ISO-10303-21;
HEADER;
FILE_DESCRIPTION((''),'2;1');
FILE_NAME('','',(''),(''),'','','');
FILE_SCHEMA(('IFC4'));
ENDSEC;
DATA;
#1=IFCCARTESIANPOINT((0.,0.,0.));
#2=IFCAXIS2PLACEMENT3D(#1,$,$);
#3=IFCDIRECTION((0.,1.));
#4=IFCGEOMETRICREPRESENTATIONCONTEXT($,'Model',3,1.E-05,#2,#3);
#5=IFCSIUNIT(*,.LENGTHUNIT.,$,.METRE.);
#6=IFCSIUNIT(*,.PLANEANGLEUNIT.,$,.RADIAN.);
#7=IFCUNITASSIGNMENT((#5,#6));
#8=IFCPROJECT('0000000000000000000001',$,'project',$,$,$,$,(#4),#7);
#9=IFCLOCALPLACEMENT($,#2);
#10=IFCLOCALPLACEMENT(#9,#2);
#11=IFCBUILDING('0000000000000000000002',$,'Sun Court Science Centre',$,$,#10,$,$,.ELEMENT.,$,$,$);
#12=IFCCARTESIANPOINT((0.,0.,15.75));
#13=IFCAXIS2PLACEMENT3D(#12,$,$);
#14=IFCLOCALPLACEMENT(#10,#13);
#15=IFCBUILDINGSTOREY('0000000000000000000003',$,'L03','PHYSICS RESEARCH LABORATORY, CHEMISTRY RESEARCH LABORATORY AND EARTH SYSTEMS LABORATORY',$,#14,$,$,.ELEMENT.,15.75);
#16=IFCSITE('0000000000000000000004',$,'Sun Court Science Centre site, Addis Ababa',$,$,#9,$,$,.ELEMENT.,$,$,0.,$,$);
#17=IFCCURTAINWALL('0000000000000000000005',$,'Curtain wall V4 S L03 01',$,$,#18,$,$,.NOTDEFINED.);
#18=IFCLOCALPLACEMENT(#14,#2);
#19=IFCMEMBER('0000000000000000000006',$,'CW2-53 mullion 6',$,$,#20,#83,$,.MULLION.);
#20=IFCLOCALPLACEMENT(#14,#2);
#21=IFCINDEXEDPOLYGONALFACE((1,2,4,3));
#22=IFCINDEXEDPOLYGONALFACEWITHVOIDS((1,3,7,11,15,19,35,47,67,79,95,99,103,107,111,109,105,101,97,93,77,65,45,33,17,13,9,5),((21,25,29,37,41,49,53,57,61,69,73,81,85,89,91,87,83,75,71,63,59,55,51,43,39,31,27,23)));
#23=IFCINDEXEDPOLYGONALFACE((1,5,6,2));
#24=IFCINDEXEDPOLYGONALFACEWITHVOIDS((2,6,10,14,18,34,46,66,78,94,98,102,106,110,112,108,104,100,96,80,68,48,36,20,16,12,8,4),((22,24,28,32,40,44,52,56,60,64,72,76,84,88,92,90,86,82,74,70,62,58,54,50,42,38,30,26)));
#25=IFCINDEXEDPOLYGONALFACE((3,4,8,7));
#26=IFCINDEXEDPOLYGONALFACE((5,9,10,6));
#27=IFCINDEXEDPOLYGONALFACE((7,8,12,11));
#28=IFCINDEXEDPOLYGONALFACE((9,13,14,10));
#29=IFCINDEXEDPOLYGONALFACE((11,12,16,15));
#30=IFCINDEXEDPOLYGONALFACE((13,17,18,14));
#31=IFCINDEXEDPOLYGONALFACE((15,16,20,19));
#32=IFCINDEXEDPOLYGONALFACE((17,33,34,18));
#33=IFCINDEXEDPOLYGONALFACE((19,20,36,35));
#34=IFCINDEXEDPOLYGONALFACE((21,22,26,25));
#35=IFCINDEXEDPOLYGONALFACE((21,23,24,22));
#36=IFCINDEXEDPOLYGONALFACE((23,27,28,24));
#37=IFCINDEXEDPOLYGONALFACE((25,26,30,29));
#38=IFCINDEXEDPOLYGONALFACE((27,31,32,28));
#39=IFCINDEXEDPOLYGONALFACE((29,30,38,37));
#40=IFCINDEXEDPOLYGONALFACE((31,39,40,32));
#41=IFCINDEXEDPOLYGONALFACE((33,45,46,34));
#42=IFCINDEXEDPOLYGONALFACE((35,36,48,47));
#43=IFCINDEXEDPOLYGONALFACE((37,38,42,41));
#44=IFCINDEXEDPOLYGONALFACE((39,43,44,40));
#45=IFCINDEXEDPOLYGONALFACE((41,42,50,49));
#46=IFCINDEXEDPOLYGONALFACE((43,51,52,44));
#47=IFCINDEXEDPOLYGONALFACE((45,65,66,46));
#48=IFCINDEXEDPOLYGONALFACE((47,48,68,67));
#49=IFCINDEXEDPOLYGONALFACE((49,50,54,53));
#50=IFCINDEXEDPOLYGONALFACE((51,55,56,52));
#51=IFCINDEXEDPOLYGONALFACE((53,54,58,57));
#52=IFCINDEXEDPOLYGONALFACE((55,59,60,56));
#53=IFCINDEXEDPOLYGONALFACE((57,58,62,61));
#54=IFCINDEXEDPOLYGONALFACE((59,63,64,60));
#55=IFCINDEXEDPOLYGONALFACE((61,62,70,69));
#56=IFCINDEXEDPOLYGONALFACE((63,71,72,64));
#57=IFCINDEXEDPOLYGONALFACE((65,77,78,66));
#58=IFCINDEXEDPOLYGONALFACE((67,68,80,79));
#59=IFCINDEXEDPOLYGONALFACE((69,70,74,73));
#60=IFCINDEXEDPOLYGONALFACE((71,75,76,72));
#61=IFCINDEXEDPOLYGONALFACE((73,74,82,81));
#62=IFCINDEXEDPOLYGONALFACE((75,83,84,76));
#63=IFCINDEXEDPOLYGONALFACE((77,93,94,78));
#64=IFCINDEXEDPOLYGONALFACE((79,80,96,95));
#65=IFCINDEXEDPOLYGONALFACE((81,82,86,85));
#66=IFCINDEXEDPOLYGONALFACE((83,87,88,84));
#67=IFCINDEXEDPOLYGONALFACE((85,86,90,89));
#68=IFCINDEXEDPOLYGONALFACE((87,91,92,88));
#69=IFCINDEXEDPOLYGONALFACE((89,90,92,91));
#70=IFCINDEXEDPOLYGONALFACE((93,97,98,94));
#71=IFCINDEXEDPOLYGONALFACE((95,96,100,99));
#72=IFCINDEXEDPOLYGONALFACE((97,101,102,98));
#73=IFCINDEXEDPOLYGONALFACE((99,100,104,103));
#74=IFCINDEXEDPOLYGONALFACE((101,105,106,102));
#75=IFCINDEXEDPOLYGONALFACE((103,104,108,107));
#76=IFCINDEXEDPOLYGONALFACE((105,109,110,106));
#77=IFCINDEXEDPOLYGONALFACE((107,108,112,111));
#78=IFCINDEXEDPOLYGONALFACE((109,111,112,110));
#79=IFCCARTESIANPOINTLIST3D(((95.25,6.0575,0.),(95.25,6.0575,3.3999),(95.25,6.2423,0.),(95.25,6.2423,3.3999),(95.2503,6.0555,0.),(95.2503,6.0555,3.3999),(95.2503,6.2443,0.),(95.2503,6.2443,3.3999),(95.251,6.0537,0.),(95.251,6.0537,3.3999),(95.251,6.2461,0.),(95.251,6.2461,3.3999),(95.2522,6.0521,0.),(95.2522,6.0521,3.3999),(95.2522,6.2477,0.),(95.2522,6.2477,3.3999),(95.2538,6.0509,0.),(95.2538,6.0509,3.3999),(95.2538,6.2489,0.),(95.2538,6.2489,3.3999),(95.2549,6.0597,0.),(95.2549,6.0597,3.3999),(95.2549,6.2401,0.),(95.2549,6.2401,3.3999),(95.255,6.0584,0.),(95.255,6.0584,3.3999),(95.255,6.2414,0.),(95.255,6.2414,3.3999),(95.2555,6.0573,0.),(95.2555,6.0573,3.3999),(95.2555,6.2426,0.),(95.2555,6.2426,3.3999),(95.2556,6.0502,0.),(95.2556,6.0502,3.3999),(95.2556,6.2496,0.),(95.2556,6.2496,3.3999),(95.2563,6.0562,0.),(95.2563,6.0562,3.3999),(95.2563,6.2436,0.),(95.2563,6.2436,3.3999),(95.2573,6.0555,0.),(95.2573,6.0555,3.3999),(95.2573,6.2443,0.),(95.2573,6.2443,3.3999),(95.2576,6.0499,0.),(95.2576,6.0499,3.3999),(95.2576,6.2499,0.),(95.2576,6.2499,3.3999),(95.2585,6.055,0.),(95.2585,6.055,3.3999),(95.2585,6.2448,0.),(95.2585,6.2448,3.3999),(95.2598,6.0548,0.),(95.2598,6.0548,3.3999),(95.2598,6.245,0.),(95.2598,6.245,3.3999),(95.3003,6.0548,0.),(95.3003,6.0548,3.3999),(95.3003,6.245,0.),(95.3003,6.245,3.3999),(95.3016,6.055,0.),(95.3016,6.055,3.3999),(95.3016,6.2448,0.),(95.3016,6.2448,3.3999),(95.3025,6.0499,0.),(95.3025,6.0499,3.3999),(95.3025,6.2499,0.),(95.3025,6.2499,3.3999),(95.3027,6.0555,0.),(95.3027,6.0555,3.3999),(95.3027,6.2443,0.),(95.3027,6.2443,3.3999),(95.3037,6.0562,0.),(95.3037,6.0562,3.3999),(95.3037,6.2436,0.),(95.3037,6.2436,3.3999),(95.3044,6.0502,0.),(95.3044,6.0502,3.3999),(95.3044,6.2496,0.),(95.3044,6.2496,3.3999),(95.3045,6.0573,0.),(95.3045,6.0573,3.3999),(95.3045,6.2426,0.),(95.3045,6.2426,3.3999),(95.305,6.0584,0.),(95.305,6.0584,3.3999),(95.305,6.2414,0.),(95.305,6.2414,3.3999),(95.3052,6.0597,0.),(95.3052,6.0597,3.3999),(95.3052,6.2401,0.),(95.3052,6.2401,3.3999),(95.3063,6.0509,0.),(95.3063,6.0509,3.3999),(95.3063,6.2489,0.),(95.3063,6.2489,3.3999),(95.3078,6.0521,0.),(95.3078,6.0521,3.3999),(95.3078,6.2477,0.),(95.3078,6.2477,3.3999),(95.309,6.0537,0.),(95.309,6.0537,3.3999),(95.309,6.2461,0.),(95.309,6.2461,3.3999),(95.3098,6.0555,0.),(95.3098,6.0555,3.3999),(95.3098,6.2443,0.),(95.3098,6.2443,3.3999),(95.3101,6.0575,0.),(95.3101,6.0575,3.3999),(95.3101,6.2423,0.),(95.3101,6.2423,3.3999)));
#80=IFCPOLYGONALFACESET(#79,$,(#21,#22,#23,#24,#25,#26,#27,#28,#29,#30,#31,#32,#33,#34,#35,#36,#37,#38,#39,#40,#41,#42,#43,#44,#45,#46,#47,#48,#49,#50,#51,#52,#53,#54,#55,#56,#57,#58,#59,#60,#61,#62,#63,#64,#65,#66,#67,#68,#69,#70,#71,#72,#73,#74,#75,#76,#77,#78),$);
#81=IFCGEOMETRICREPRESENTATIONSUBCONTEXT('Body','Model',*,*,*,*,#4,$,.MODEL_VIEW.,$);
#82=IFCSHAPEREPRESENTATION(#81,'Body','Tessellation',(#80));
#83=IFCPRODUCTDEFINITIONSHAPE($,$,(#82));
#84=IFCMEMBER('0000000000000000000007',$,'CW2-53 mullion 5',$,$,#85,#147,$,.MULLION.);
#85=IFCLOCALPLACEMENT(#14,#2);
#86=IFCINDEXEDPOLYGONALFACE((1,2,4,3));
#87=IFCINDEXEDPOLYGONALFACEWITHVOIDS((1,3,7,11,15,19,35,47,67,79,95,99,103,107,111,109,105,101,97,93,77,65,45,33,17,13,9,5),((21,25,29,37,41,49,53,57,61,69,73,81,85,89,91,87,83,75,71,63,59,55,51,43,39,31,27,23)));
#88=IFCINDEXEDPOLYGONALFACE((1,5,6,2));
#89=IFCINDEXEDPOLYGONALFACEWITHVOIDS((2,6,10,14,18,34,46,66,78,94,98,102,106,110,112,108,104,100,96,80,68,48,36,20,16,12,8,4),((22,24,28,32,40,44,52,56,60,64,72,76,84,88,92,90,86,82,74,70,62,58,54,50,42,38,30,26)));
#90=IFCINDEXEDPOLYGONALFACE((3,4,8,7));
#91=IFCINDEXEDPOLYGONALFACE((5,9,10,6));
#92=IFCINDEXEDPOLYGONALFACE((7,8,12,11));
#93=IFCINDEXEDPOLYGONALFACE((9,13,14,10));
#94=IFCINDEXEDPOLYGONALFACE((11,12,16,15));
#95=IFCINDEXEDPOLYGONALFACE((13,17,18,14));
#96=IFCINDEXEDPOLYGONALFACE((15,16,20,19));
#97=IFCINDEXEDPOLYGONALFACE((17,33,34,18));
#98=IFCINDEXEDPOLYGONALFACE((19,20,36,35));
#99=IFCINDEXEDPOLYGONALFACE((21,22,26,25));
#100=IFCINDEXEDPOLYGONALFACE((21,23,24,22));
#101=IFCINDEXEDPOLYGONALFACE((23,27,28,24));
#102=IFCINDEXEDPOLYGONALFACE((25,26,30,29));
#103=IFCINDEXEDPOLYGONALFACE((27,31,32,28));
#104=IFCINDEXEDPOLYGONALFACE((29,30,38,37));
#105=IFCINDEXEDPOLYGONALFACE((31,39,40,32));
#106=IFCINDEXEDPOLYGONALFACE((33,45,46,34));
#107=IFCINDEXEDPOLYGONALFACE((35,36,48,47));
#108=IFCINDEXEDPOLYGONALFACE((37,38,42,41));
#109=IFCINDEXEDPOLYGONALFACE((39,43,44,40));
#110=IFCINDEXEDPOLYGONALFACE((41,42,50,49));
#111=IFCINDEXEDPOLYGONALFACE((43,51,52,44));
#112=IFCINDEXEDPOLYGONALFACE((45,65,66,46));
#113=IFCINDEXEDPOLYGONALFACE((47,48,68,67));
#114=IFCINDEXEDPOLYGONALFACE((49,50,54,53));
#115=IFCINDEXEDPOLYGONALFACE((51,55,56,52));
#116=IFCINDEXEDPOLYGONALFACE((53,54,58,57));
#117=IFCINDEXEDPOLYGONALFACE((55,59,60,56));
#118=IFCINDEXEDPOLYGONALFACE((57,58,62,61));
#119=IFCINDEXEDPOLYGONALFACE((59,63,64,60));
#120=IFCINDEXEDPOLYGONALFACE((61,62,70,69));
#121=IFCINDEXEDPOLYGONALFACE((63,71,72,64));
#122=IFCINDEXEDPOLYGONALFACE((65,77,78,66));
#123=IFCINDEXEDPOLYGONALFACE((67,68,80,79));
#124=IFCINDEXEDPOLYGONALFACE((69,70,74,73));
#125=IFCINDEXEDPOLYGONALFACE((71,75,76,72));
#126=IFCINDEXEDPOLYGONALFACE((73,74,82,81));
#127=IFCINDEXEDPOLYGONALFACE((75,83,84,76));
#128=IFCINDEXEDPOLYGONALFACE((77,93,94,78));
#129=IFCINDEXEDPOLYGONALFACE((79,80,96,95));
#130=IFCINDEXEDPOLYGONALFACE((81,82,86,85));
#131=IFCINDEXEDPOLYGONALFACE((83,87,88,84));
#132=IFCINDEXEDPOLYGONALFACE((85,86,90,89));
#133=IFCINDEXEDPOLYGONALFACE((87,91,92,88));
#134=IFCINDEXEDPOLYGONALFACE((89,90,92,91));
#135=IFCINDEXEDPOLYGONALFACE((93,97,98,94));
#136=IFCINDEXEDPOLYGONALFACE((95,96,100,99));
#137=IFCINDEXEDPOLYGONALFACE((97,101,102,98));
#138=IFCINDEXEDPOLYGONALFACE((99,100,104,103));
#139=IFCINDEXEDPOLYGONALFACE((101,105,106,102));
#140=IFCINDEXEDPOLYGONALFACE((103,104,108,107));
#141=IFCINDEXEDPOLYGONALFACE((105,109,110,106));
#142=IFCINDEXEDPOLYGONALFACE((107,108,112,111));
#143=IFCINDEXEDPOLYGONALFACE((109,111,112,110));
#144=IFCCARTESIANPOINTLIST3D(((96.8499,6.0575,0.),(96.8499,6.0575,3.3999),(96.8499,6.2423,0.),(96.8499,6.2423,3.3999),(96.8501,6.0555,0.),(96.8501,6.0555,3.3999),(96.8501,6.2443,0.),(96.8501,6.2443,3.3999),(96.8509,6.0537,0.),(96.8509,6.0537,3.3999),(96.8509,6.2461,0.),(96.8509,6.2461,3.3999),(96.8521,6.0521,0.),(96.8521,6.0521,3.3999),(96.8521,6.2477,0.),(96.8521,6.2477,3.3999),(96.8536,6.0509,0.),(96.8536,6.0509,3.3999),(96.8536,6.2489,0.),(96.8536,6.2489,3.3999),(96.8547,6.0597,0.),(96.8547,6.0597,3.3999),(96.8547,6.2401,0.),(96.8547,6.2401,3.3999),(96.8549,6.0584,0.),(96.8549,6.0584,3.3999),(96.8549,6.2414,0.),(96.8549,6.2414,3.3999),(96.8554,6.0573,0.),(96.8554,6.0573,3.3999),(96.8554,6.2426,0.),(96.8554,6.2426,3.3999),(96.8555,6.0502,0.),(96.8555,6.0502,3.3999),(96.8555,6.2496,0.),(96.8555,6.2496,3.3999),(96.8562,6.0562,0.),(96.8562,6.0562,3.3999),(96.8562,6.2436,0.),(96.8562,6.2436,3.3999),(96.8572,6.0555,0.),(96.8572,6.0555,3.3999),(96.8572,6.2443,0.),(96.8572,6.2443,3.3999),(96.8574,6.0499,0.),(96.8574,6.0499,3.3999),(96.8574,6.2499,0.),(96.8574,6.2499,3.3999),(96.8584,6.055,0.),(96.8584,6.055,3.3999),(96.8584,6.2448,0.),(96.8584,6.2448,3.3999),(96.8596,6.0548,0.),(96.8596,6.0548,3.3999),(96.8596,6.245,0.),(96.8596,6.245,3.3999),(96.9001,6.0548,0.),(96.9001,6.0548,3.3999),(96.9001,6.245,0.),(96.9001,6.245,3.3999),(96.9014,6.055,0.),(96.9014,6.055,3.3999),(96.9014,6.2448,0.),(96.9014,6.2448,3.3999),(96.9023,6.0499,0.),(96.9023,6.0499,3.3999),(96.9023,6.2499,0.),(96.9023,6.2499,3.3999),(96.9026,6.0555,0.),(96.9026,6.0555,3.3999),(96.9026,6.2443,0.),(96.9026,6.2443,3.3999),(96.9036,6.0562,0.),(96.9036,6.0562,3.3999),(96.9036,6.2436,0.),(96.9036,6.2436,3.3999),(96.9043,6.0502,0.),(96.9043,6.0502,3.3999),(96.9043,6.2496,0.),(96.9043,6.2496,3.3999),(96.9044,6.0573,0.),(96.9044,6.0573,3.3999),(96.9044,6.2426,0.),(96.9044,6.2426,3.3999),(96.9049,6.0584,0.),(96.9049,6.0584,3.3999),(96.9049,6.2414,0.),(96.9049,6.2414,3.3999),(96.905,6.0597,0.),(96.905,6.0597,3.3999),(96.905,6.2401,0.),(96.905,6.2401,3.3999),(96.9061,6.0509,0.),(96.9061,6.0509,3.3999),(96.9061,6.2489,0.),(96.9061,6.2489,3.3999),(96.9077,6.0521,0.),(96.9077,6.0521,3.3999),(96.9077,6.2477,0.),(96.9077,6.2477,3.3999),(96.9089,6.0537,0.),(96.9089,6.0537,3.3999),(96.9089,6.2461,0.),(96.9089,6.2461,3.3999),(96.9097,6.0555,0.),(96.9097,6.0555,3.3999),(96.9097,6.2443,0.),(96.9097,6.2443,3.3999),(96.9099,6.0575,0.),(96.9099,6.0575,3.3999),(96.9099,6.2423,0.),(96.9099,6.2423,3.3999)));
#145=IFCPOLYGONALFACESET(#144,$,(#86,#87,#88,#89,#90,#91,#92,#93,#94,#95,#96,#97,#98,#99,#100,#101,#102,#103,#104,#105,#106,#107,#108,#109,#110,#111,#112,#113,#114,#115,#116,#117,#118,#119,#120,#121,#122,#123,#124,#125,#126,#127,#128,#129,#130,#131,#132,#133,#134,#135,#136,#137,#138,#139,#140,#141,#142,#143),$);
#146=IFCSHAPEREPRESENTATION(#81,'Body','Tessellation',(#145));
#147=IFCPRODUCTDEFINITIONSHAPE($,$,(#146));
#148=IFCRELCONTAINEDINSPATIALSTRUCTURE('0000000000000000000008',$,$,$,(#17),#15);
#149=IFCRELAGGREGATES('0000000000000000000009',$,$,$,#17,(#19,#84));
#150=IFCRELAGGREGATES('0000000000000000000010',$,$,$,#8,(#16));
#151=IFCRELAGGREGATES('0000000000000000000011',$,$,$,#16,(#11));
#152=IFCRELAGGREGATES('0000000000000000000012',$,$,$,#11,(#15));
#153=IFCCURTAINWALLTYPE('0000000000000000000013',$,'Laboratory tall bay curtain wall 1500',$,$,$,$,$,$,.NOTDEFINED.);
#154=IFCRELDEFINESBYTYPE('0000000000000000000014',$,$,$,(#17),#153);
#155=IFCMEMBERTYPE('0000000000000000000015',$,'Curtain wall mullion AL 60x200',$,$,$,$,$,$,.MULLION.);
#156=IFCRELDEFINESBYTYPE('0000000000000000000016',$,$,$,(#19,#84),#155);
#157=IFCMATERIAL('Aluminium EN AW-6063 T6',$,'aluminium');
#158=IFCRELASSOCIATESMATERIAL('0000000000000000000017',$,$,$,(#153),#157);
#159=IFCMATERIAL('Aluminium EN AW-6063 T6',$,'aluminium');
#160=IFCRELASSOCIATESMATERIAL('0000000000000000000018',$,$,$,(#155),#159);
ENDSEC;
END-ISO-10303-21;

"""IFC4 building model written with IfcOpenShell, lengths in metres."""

from ifc_helpers import new_model, si_unit, direction, frame, origin, origin_2d, place, context, subcontext, project, spatial, hollow_rectangle, extrude, material, material_profile, profile_set, type_object, element, aggregate, save


model = new_model("IFC4")

# Units and contexts
model_context = context("Model", 3, precision=1e-05, world=origin(), true_north=direction((0.0, 1.0)))
body_context = subcontext(model_context, "Body", "Model", "MODEL_VIEW")
ifc_project = project(units=[si_unit("LENGTHUNIT", "METRE"), si_unit("PLANEANGLEUNIT", "RADIAN")], contexts=[model_context])

# Site, building, storey
site_placement = place(None, origin())
site = spatial("IfcSite", under=ifc_project, at=site_placement, Name="Sun Court Science Centre site, Addis Ababa", CompositionType="ELEMENT", RefElevation=0.0)
building_placement = place(site_placement, origin())
building = spatial("IfcBuilding", under=site, at=building_placement, Name="Sun Court Science Centre", CompositionType="ELEMENT")
storey_placement = place(building_placement, frame((0.0, 0.0, 15.75)))
storey = spatial("IfcBuildingStorey", under=building, at=storey_placement, Name="L03", Description="PHYSICS RESEARCH LABORATORY, CHEMISTRY RESEARCH LABORATORY AND EARTH SYSTEMS LABORATORY", CompositionType="ELEMENT", Elevation=15.75)

# Curtain wall, members
ifc_material_1 = material(Name="Aluminium EN AW-6063 T6", Category="aluminium")
curtain_wall_type = type_object("IfcCurtainWallType", Name="Laboratory tall bay curtain wall 1500", PredefinedType="NOTDEFINED", material=ifc_material_1)
curtain_wall_1_placement = place(storey_placement, origin())
curtain_wall_1 = element("IfcCurtainWall", 1, at=curtain_wall_1_placement, inside=storey, type_object=curtain_wall_type, Name="Curtain wall V4 S L03 01", PredefinedType="NOTDEFINED")
ifc_material_2 = material(Name="Aluminium EN AW-6063 T6", Category="aluminium")
ifc_material_profile_1 = material_profile(ifc_material_2, hollow_rectangle(XDim=0.0601, YDim=0.2, WallThickness=0.0049, InnerFilletRadius=0.0049, OuterFilletRadius=0.0076, at=origin_2d()), Name="AL 60x200x5")
ifc_profile_set_1 = profile_set([ifc_material_profile_1], Name="Aluminium EN AW-6063 T6")
member_type_1 = type_object("IfcMemberType", Name="Curtain wall mullion AL 60x200", PredefinedType="MULLION", material=ifc_profile_set_1)
member_1_placement = place(storey_placement, frame((95.28, 6.1499, 0.0), z_axis=(0.0, 0.0, 1.0), x_axis=(-1.0, 0.0, 0.0)))
member_1 = element("IfcMember", 2, at=member_1_placement, type_object=member_type_1, Name="CW2-53 mullion 6", PredefinedType="MULLION", context=body_context, shape_type="SweptSolid", body=[
    extrude(hollow_rectangle(XDim=0.0601, YDim=0.2, WallThickness=0.0049, InnerFilletRadius=0.0049, OuterFilletRadius=0.0076, at=origin_2d()), origin(), (0.0, 0.0, 1.0), 3.3999),
])
member_2_placement = place(storey_placement, frame((96.8799, 6.1499, 0.0), z_axis=(0.0, 0.0, 1.0), x_axis=(-1.0, 0.0, 0.0)))
member_2 = element("IfcMember", 3, at=member_2_placement, type_object=member_type_1, Name="CW2-53 mullion 5", PredefinedType="MULLION", context=body_context, shape_type="SweptSolid", body=[
    extrude(hollow_rectangle(XDim=0.0601, YDim=0.2, WallThickness=0.0049, InnerFilletRadius=0.0049, OuterFilletRadius=0.0076, at=origin_2d()), origin(), (0.0, 0.0, 1.0), 3.3999),
])

aggregate(curtain_wall_1, [member_1, member_2])

save(model, "model.ifc")
